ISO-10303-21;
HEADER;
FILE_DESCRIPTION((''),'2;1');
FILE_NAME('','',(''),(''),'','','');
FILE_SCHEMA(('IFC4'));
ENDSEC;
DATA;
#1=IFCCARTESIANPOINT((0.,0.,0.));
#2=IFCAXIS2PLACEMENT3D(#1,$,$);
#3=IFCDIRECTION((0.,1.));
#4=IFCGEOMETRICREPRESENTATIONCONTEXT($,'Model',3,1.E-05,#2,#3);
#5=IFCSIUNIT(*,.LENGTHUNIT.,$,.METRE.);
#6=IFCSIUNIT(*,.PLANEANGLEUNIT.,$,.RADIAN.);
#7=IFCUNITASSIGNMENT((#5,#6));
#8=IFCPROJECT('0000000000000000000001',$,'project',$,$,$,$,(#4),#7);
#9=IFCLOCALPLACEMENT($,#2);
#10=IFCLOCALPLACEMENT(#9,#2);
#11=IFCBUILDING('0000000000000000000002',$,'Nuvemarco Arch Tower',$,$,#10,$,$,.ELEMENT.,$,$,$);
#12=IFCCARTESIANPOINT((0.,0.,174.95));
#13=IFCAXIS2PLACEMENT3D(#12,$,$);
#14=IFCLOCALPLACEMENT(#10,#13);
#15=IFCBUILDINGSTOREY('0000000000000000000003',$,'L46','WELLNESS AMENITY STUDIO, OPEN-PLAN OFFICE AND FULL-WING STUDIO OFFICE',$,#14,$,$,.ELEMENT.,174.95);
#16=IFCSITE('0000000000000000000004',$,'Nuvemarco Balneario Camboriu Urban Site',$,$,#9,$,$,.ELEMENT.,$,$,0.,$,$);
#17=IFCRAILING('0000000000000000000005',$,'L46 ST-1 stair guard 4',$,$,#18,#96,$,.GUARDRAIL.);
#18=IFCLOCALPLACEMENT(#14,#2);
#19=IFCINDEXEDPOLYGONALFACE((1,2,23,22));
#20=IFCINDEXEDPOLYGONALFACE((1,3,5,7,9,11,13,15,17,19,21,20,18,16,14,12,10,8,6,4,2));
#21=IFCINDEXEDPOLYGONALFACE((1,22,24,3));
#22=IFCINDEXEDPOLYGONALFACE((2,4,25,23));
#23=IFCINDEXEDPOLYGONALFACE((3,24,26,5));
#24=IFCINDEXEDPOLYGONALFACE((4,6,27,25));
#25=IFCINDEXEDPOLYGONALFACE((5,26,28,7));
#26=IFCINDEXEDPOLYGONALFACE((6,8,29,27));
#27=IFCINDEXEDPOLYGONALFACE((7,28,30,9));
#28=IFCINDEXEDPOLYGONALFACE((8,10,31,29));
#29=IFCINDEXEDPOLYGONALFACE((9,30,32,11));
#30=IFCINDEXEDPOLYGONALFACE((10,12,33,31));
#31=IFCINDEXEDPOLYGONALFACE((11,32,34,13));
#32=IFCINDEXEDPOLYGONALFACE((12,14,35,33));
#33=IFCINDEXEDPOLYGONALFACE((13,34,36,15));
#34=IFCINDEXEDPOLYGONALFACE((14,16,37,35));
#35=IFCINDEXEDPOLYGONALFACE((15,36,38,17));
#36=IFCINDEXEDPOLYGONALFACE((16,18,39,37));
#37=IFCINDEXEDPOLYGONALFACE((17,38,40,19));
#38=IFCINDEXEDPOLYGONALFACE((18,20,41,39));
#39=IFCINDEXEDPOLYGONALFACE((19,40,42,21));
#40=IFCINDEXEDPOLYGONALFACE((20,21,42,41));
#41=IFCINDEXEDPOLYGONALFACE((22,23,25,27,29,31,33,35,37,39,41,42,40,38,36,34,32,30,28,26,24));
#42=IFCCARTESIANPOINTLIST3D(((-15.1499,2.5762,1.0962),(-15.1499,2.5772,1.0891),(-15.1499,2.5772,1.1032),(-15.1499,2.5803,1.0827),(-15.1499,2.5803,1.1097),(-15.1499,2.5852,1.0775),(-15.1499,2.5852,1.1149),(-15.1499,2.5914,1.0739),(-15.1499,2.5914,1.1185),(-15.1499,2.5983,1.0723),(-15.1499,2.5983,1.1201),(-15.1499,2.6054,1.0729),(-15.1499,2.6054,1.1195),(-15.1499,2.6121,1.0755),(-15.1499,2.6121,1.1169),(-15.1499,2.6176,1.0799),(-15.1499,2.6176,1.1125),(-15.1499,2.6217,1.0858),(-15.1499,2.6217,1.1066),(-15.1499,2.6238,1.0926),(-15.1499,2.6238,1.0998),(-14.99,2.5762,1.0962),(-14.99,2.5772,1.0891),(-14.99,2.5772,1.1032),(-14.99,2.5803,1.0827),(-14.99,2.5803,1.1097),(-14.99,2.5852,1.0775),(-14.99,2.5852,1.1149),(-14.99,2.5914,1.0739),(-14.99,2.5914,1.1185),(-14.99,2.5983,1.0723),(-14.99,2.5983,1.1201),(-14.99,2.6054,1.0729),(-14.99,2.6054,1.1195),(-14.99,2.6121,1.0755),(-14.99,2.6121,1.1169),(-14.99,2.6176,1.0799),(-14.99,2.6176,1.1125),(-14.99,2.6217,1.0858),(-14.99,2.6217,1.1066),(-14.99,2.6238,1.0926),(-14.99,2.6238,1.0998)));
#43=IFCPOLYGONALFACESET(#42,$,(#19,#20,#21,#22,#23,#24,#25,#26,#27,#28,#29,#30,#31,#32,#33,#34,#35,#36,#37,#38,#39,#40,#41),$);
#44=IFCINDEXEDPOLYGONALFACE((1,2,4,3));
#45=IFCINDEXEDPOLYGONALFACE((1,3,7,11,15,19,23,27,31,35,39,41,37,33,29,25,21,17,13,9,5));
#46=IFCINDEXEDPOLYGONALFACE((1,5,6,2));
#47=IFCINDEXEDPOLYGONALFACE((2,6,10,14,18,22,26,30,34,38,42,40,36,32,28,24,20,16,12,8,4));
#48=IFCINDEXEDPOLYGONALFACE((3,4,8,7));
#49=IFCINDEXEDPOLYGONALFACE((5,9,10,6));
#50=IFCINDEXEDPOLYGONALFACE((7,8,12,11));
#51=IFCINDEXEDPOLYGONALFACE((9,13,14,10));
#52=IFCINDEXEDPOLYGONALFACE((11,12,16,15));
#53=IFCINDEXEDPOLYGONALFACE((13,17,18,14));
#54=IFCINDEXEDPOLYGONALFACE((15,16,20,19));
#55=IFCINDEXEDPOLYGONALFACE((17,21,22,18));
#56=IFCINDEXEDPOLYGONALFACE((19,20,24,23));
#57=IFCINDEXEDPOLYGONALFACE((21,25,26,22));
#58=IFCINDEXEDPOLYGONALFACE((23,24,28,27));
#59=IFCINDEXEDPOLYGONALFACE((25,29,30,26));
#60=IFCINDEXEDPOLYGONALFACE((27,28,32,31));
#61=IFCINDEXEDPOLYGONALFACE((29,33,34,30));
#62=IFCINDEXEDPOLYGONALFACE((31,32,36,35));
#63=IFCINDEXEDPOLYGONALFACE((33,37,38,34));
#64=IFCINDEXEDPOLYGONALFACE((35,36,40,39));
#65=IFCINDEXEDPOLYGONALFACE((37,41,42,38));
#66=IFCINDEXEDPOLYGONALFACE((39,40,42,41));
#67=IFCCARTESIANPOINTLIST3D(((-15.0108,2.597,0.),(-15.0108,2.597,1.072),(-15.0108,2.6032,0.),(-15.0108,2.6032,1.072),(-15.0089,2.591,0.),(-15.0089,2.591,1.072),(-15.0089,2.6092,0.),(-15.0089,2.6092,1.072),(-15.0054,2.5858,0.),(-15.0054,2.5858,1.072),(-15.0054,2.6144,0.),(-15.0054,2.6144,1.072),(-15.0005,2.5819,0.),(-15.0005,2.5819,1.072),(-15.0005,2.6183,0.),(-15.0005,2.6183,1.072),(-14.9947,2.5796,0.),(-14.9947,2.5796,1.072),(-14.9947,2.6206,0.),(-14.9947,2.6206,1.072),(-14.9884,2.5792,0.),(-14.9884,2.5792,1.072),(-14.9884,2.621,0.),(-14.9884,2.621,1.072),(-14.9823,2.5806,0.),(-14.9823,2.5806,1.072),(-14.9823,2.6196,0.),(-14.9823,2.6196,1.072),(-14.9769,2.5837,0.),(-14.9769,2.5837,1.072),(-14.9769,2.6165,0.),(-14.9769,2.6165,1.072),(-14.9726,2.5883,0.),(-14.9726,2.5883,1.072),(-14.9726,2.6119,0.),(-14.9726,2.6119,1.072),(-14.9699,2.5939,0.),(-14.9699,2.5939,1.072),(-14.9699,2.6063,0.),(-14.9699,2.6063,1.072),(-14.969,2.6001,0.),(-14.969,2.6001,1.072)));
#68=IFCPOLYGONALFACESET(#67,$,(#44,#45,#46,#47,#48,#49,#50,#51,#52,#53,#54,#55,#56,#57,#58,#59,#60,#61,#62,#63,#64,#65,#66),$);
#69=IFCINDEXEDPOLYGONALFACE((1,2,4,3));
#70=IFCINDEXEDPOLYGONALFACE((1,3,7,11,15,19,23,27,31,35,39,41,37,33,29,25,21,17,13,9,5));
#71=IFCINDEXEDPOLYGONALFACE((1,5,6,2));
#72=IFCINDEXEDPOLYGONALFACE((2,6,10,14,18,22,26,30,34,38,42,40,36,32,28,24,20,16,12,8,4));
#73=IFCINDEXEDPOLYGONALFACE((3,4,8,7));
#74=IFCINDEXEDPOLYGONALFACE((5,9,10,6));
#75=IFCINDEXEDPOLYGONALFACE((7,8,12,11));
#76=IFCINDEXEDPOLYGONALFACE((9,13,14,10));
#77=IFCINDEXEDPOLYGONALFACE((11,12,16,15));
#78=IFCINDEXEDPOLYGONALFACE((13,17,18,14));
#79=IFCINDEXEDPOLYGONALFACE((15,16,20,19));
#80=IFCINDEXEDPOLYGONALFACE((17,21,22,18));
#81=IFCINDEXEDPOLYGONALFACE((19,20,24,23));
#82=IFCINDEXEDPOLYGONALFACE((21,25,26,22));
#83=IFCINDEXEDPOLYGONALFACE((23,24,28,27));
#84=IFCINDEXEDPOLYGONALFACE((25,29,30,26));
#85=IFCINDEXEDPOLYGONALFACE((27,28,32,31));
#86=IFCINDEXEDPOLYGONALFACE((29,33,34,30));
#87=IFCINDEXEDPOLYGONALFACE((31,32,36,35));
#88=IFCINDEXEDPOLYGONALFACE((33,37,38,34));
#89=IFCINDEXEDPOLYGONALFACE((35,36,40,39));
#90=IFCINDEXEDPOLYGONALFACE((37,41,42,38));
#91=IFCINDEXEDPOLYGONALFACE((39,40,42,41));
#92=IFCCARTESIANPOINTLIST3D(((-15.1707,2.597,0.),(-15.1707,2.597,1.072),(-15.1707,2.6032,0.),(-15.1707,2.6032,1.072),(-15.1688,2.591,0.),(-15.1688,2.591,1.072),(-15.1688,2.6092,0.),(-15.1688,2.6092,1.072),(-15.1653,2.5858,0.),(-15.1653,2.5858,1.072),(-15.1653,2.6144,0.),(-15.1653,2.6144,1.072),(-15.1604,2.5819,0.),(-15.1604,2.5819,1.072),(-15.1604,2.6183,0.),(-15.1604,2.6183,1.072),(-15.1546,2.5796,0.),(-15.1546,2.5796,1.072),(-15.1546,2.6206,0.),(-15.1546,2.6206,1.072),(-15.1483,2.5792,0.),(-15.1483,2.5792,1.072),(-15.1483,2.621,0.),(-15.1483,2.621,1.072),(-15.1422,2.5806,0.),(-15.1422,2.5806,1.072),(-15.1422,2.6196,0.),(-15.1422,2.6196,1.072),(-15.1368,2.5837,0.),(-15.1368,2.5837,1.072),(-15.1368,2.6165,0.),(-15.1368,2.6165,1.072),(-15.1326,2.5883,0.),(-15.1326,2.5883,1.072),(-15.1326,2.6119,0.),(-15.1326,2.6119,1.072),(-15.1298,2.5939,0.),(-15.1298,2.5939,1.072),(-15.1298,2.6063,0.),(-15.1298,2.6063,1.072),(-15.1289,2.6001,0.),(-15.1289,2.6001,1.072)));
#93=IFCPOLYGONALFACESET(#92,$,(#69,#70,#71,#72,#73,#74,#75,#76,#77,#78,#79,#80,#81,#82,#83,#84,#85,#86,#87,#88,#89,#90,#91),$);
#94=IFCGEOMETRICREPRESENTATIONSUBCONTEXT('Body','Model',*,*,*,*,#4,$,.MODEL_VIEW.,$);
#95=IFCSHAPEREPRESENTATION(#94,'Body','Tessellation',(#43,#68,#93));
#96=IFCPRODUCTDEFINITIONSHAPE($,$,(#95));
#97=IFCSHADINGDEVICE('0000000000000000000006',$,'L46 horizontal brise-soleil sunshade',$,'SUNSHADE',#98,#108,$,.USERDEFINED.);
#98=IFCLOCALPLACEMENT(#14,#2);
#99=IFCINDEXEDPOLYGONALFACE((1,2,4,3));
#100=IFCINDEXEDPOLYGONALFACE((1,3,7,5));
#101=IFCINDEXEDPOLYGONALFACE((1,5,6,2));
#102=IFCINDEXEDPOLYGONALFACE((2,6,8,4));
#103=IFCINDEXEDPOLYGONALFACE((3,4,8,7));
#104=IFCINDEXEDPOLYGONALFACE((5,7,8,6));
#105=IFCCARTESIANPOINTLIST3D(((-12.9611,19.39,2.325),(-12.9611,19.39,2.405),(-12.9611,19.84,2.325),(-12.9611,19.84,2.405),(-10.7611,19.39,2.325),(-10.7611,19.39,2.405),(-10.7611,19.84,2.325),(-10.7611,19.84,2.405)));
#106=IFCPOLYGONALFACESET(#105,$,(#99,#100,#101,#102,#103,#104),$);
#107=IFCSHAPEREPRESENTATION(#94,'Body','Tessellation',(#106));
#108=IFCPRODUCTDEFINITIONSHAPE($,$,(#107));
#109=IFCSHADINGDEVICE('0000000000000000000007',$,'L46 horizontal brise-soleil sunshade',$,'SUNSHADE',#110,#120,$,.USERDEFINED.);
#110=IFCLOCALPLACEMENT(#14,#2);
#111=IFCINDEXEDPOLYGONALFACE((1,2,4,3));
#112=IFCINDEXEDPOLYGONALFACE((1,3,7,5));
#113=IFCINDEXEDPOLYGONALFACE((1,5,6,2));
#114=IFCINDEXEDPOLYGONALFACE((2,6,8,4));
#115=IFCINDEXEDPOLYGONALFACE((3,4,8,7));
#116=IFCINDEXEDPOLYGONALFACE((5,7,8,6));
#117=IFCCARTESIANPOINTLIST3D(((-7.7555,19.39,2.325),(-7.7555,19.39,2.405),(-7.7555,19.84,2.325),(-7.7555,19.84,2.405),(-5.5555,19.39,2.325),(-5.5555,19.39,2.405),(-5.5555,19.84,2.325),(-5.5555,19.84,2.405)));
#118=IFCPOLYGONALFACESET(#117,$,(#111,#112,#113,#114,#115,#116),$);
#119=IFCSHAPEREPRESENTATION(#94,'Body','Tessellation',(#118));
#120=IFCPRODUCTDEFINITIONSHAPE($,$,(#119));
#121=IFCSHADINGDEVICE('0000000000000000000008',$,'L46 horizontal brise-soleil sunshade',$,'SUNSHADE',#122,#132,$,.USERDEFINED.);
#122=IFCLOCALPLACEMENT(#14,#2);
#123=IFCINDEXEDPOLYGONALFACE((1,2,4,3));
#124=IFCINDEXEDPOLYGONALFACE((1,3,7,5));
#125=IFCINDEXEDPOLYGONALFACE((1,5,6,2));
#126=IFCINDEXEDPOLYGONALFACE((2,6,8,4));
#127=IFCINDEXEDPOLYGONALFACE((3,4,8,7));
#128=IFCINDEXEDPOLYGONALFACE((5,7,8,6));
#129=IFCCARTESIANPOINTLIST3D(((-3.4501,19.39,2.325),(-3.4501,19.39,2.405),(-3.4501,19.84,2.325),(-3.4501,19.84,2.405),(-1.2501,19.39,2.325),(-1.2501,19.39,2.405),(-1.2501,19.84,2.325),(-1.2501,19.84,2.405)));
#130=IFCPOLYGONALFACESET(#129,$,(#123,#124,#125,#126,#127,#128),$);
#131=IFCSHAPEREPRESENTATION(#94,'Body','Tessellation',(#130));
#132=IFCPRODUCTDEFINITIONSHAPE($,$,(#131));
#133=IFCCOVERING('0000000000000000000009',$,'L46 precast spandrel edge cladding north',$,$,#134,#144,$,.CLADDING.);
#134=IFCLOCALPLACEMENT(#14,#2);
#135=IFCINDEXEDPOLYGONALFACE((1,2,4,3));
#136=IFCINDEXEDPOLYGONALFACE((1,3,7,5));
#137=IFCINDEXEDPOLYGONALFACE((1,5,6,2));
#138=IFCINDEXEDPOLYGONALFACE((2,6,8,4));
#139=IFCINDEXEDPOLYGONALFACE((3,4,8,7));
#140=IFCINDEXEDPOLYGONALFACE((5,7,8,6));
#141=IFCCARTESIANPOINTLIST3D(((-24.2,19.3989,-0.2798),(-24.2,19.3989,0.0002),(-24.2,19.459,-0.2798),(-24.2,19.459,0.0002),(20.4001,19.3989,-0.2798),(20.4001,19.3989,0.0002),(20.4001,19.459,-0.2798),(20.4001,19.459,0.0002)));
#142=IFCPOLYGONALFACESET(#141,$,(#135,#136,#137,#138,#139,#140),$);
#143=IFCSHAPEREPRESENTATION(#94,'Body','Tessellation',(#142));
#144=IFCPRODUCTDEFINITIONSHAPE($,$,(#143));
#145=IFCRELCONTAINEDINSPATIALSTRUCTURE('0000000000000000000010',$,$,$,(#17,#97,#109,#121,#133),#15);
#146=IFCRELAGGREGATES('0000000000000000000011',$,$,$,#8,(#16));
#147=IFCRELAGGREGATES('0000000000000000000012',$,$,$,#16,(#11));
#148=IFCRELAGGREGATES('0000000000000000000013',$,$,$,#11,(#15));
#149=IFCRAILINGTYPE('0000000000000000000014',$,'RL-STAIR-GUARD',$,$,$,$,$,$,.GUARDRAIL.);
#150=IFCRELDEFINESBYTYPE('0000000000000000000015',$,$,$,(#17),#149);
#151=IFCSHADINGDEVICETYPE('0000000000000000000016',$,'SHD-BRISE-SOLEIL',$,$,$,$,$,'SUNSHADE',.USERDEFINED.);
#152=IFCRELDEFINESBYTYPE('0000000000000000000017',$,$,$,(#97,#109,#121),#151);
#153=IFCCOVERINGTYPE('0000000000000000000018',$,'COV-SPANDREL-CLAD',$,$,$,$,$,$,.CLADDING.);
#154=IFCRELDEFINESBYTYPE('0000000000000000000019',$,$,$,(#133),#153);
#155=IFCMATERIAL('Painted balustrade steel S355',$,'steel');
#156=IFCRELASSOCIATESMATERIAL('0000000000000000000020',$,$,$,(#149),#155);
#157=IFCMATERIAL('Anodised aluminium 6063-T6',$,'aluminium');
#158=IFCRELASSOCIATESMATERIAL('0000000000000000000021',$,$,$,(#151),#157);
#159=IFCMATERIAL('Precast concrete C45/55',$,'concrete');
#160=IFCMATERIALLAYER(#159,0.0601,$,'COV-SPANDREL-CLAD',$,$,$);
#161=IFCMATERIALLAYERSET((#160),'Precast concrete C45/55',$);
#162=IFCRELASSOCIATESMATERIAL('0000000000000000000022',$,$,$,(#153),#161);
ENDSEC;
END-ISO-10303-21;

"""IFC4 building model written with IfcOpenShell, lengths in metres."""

from ifc_helpers import new_model, si_unit, direction, frame, origin, origin_2d, place, context, subcontext, project, spatial, rectangle, circle, extrude, source, transform, mapped, material, layer, layer_set, type_object, type_shapes, element, save


model = new_model("IFC4")

# Units and contexts
model_context = context("Model", 3, precision=1e-05, world=origin(), true_north=direction((0.0, 1.0)))
body_context = subcontext(model_context, "Body", "Model", "MODEL_VIEW")
ifc_project = project(units=[si_unit("LENGTHUNIT", "METRE"), si_unit("PLANEANGLEUNIT", "RADIAN")], contexts=[model_context])

# Site, building, storey
site_placement = place(None, origin())
site = spatial("IfcSite", under=ifc_project, at=site_placement, Name="Nuvemarco Balneario Camboriu Urban Site", CompositionType="ELEMENT", RefElevation=0.0)
building_placement = place(site_placement, origin())
building = spatial("IfcBuilding", under=site, at=building_placement, Name="Nuvemarco Arch Tower", CompositionType="ELEMENT")
storey_placement = place(building_placement, frame((0.0, 0.0, 174.95)))
storey = spatial("IfcBuildingStorey", under=building, at=storey_placement, Name="L46", Description="WELLNESS AMENITY STUDIO, OPEN-PLAN OFFICE AND FULL-WING STUDIO OFFICE", CompositionType="ELEMENT", Elevation=174.95)

# Shared definitions
ifc_material_1 = material(Name="Precast concrete C45/55", Category="concrete")

# Railing
ifc_material_2 = material(Name="Painted balustrade steel S355", Category="steel")
railing_type_1 = type_object("IfcRailingType", Name="RL-STAIR-GUARD", PredefinedType="GUARDRAIL", material=ifc_material_2)
railing_1_placement = place(storey_placement, frame((-14.99, 2.6001, 0.0)))
element("IfcRailing", 1, at=railing_1_placement, inside=storey, type_object=railing_type_1, Name="L46 ST-1 stair guard 4", PredefinedType="GUARDRAIL", context=body_context, shape_type="SweptSolid", body=[
    extrude(circle(Radius=0.0239, at=origin_2d()), frame((0.0, 0.0, 1.0962), z_axis=(-1.0, 0.0, 0.0), x_axis=(0.0, -1.0, 0.0)), (0.0, 0.0, 1.0), 0.1599),
    extrude(circle(Radius=0.021, at=origin_2d()), origin(), (0.0, 0.0, 1.0), 1.072),
    extrude(circle(Radius=0.021, at=origin_2d()), frame((-0.1599, 0.0, 0.0)), (0.0, 0.0, 1.0), 1.072),
])

# Shading devices
ifc_material_3 = material(Name="Anodised aluminium 6063-T6", Category="aluminium")
shading_device_type = type_object("IfcShadingDeviceType", Name="SHD-BRISE-SOLEIL", ElementType="SUNSHADE", PredefinedType="USERDEFINED", material=ifc_material_3)
shared_shape_1 = source(origin(), body_context, "Body", "SweptSolid", [
    extrude(rectangle(XDim=2.2, YDim=0.45, at=origin_2d()), origin(), (0.0, 0.0, 1.0), 0.0801),
])
type_shapes(shading_device_type, [shared_shape_1])
for number, where, z_axis, x_axis, name in (
    (2, (-11.8611, 19.615, 2.325), (0.0, 0.0, 1.0), (1.0, 0.0, 0.0), "L46 horizontal brise-soleil sunshade"),
    (3, (-6.6555, 19.615, 2.325), (0.0, 0.0, 1.0), (1.0, 0.0, 0.0), "L46 horizontal brise-soleil sunshade"),
    (4, (-2.3501, 19.615, 2.325), (0.0, 0.0, 1.0), (1.0, 0.0, 0.0), "L46 horizontal brise-soleil sunshade"),
):
    element("IfcShadingDevice", number, at=place(storey_placement, frame(where, z_axis=z_axis, x_axis=x_axis)), inside=storey, type_object=shading_device_type, Name=name, ObjectType="SUNSHADE", PredefinedType="USERDEFINED", context=body_context, shape_type="MappedRepresentation", body=[
        mapped(shared_shape_1, transform((0.0, 0.0, 0.0), scale=1.0)),
    ])

# Covering
ifc_layer_1 = layer(ifc_material_1, 0.0601, Name="COV-SPANDREL-CLAD")
ifc_layer_set_1 = layer_set([ifc_layer_1], Name="Precast concrete C45/55")
covering_type = type_object("IfcCoveringType", Name="COV-SPANDREL-CLAD", PredefinedType="CLADDING", material=ifc_layer_set_1)
shared_shape_2 = source(origin(), body_context, "Body", "SweptSolid", [
    extrude(rectangle(XDim=44.6001, YDim=0.0601, at=origin_2d()), origin(), (0.0, 0.0, 1.0), 0.28),
])
type_shapes(covering_type, [shared_shape_2])
covering_placement = place(storey_placement, frame((-1.8999, 19.429, -0.2798), z_axis=(0.0, 0.0, 1.0), x_axis=(1.0, 0.0, 0.0)))
element("IfcCovering", 5, at=covering_placement, inside=storey, type_object=covering_type, Name="L46 precast spandrel edge cladding north", PredefinedType="CLADDING", context=body_context, shape_type="MappedRepresentation", body=[
    mapped(shared_shape_2, transform((0.0, 0.0, 0.0), scale=1.0)),
])

save(model, "model.ifc")
